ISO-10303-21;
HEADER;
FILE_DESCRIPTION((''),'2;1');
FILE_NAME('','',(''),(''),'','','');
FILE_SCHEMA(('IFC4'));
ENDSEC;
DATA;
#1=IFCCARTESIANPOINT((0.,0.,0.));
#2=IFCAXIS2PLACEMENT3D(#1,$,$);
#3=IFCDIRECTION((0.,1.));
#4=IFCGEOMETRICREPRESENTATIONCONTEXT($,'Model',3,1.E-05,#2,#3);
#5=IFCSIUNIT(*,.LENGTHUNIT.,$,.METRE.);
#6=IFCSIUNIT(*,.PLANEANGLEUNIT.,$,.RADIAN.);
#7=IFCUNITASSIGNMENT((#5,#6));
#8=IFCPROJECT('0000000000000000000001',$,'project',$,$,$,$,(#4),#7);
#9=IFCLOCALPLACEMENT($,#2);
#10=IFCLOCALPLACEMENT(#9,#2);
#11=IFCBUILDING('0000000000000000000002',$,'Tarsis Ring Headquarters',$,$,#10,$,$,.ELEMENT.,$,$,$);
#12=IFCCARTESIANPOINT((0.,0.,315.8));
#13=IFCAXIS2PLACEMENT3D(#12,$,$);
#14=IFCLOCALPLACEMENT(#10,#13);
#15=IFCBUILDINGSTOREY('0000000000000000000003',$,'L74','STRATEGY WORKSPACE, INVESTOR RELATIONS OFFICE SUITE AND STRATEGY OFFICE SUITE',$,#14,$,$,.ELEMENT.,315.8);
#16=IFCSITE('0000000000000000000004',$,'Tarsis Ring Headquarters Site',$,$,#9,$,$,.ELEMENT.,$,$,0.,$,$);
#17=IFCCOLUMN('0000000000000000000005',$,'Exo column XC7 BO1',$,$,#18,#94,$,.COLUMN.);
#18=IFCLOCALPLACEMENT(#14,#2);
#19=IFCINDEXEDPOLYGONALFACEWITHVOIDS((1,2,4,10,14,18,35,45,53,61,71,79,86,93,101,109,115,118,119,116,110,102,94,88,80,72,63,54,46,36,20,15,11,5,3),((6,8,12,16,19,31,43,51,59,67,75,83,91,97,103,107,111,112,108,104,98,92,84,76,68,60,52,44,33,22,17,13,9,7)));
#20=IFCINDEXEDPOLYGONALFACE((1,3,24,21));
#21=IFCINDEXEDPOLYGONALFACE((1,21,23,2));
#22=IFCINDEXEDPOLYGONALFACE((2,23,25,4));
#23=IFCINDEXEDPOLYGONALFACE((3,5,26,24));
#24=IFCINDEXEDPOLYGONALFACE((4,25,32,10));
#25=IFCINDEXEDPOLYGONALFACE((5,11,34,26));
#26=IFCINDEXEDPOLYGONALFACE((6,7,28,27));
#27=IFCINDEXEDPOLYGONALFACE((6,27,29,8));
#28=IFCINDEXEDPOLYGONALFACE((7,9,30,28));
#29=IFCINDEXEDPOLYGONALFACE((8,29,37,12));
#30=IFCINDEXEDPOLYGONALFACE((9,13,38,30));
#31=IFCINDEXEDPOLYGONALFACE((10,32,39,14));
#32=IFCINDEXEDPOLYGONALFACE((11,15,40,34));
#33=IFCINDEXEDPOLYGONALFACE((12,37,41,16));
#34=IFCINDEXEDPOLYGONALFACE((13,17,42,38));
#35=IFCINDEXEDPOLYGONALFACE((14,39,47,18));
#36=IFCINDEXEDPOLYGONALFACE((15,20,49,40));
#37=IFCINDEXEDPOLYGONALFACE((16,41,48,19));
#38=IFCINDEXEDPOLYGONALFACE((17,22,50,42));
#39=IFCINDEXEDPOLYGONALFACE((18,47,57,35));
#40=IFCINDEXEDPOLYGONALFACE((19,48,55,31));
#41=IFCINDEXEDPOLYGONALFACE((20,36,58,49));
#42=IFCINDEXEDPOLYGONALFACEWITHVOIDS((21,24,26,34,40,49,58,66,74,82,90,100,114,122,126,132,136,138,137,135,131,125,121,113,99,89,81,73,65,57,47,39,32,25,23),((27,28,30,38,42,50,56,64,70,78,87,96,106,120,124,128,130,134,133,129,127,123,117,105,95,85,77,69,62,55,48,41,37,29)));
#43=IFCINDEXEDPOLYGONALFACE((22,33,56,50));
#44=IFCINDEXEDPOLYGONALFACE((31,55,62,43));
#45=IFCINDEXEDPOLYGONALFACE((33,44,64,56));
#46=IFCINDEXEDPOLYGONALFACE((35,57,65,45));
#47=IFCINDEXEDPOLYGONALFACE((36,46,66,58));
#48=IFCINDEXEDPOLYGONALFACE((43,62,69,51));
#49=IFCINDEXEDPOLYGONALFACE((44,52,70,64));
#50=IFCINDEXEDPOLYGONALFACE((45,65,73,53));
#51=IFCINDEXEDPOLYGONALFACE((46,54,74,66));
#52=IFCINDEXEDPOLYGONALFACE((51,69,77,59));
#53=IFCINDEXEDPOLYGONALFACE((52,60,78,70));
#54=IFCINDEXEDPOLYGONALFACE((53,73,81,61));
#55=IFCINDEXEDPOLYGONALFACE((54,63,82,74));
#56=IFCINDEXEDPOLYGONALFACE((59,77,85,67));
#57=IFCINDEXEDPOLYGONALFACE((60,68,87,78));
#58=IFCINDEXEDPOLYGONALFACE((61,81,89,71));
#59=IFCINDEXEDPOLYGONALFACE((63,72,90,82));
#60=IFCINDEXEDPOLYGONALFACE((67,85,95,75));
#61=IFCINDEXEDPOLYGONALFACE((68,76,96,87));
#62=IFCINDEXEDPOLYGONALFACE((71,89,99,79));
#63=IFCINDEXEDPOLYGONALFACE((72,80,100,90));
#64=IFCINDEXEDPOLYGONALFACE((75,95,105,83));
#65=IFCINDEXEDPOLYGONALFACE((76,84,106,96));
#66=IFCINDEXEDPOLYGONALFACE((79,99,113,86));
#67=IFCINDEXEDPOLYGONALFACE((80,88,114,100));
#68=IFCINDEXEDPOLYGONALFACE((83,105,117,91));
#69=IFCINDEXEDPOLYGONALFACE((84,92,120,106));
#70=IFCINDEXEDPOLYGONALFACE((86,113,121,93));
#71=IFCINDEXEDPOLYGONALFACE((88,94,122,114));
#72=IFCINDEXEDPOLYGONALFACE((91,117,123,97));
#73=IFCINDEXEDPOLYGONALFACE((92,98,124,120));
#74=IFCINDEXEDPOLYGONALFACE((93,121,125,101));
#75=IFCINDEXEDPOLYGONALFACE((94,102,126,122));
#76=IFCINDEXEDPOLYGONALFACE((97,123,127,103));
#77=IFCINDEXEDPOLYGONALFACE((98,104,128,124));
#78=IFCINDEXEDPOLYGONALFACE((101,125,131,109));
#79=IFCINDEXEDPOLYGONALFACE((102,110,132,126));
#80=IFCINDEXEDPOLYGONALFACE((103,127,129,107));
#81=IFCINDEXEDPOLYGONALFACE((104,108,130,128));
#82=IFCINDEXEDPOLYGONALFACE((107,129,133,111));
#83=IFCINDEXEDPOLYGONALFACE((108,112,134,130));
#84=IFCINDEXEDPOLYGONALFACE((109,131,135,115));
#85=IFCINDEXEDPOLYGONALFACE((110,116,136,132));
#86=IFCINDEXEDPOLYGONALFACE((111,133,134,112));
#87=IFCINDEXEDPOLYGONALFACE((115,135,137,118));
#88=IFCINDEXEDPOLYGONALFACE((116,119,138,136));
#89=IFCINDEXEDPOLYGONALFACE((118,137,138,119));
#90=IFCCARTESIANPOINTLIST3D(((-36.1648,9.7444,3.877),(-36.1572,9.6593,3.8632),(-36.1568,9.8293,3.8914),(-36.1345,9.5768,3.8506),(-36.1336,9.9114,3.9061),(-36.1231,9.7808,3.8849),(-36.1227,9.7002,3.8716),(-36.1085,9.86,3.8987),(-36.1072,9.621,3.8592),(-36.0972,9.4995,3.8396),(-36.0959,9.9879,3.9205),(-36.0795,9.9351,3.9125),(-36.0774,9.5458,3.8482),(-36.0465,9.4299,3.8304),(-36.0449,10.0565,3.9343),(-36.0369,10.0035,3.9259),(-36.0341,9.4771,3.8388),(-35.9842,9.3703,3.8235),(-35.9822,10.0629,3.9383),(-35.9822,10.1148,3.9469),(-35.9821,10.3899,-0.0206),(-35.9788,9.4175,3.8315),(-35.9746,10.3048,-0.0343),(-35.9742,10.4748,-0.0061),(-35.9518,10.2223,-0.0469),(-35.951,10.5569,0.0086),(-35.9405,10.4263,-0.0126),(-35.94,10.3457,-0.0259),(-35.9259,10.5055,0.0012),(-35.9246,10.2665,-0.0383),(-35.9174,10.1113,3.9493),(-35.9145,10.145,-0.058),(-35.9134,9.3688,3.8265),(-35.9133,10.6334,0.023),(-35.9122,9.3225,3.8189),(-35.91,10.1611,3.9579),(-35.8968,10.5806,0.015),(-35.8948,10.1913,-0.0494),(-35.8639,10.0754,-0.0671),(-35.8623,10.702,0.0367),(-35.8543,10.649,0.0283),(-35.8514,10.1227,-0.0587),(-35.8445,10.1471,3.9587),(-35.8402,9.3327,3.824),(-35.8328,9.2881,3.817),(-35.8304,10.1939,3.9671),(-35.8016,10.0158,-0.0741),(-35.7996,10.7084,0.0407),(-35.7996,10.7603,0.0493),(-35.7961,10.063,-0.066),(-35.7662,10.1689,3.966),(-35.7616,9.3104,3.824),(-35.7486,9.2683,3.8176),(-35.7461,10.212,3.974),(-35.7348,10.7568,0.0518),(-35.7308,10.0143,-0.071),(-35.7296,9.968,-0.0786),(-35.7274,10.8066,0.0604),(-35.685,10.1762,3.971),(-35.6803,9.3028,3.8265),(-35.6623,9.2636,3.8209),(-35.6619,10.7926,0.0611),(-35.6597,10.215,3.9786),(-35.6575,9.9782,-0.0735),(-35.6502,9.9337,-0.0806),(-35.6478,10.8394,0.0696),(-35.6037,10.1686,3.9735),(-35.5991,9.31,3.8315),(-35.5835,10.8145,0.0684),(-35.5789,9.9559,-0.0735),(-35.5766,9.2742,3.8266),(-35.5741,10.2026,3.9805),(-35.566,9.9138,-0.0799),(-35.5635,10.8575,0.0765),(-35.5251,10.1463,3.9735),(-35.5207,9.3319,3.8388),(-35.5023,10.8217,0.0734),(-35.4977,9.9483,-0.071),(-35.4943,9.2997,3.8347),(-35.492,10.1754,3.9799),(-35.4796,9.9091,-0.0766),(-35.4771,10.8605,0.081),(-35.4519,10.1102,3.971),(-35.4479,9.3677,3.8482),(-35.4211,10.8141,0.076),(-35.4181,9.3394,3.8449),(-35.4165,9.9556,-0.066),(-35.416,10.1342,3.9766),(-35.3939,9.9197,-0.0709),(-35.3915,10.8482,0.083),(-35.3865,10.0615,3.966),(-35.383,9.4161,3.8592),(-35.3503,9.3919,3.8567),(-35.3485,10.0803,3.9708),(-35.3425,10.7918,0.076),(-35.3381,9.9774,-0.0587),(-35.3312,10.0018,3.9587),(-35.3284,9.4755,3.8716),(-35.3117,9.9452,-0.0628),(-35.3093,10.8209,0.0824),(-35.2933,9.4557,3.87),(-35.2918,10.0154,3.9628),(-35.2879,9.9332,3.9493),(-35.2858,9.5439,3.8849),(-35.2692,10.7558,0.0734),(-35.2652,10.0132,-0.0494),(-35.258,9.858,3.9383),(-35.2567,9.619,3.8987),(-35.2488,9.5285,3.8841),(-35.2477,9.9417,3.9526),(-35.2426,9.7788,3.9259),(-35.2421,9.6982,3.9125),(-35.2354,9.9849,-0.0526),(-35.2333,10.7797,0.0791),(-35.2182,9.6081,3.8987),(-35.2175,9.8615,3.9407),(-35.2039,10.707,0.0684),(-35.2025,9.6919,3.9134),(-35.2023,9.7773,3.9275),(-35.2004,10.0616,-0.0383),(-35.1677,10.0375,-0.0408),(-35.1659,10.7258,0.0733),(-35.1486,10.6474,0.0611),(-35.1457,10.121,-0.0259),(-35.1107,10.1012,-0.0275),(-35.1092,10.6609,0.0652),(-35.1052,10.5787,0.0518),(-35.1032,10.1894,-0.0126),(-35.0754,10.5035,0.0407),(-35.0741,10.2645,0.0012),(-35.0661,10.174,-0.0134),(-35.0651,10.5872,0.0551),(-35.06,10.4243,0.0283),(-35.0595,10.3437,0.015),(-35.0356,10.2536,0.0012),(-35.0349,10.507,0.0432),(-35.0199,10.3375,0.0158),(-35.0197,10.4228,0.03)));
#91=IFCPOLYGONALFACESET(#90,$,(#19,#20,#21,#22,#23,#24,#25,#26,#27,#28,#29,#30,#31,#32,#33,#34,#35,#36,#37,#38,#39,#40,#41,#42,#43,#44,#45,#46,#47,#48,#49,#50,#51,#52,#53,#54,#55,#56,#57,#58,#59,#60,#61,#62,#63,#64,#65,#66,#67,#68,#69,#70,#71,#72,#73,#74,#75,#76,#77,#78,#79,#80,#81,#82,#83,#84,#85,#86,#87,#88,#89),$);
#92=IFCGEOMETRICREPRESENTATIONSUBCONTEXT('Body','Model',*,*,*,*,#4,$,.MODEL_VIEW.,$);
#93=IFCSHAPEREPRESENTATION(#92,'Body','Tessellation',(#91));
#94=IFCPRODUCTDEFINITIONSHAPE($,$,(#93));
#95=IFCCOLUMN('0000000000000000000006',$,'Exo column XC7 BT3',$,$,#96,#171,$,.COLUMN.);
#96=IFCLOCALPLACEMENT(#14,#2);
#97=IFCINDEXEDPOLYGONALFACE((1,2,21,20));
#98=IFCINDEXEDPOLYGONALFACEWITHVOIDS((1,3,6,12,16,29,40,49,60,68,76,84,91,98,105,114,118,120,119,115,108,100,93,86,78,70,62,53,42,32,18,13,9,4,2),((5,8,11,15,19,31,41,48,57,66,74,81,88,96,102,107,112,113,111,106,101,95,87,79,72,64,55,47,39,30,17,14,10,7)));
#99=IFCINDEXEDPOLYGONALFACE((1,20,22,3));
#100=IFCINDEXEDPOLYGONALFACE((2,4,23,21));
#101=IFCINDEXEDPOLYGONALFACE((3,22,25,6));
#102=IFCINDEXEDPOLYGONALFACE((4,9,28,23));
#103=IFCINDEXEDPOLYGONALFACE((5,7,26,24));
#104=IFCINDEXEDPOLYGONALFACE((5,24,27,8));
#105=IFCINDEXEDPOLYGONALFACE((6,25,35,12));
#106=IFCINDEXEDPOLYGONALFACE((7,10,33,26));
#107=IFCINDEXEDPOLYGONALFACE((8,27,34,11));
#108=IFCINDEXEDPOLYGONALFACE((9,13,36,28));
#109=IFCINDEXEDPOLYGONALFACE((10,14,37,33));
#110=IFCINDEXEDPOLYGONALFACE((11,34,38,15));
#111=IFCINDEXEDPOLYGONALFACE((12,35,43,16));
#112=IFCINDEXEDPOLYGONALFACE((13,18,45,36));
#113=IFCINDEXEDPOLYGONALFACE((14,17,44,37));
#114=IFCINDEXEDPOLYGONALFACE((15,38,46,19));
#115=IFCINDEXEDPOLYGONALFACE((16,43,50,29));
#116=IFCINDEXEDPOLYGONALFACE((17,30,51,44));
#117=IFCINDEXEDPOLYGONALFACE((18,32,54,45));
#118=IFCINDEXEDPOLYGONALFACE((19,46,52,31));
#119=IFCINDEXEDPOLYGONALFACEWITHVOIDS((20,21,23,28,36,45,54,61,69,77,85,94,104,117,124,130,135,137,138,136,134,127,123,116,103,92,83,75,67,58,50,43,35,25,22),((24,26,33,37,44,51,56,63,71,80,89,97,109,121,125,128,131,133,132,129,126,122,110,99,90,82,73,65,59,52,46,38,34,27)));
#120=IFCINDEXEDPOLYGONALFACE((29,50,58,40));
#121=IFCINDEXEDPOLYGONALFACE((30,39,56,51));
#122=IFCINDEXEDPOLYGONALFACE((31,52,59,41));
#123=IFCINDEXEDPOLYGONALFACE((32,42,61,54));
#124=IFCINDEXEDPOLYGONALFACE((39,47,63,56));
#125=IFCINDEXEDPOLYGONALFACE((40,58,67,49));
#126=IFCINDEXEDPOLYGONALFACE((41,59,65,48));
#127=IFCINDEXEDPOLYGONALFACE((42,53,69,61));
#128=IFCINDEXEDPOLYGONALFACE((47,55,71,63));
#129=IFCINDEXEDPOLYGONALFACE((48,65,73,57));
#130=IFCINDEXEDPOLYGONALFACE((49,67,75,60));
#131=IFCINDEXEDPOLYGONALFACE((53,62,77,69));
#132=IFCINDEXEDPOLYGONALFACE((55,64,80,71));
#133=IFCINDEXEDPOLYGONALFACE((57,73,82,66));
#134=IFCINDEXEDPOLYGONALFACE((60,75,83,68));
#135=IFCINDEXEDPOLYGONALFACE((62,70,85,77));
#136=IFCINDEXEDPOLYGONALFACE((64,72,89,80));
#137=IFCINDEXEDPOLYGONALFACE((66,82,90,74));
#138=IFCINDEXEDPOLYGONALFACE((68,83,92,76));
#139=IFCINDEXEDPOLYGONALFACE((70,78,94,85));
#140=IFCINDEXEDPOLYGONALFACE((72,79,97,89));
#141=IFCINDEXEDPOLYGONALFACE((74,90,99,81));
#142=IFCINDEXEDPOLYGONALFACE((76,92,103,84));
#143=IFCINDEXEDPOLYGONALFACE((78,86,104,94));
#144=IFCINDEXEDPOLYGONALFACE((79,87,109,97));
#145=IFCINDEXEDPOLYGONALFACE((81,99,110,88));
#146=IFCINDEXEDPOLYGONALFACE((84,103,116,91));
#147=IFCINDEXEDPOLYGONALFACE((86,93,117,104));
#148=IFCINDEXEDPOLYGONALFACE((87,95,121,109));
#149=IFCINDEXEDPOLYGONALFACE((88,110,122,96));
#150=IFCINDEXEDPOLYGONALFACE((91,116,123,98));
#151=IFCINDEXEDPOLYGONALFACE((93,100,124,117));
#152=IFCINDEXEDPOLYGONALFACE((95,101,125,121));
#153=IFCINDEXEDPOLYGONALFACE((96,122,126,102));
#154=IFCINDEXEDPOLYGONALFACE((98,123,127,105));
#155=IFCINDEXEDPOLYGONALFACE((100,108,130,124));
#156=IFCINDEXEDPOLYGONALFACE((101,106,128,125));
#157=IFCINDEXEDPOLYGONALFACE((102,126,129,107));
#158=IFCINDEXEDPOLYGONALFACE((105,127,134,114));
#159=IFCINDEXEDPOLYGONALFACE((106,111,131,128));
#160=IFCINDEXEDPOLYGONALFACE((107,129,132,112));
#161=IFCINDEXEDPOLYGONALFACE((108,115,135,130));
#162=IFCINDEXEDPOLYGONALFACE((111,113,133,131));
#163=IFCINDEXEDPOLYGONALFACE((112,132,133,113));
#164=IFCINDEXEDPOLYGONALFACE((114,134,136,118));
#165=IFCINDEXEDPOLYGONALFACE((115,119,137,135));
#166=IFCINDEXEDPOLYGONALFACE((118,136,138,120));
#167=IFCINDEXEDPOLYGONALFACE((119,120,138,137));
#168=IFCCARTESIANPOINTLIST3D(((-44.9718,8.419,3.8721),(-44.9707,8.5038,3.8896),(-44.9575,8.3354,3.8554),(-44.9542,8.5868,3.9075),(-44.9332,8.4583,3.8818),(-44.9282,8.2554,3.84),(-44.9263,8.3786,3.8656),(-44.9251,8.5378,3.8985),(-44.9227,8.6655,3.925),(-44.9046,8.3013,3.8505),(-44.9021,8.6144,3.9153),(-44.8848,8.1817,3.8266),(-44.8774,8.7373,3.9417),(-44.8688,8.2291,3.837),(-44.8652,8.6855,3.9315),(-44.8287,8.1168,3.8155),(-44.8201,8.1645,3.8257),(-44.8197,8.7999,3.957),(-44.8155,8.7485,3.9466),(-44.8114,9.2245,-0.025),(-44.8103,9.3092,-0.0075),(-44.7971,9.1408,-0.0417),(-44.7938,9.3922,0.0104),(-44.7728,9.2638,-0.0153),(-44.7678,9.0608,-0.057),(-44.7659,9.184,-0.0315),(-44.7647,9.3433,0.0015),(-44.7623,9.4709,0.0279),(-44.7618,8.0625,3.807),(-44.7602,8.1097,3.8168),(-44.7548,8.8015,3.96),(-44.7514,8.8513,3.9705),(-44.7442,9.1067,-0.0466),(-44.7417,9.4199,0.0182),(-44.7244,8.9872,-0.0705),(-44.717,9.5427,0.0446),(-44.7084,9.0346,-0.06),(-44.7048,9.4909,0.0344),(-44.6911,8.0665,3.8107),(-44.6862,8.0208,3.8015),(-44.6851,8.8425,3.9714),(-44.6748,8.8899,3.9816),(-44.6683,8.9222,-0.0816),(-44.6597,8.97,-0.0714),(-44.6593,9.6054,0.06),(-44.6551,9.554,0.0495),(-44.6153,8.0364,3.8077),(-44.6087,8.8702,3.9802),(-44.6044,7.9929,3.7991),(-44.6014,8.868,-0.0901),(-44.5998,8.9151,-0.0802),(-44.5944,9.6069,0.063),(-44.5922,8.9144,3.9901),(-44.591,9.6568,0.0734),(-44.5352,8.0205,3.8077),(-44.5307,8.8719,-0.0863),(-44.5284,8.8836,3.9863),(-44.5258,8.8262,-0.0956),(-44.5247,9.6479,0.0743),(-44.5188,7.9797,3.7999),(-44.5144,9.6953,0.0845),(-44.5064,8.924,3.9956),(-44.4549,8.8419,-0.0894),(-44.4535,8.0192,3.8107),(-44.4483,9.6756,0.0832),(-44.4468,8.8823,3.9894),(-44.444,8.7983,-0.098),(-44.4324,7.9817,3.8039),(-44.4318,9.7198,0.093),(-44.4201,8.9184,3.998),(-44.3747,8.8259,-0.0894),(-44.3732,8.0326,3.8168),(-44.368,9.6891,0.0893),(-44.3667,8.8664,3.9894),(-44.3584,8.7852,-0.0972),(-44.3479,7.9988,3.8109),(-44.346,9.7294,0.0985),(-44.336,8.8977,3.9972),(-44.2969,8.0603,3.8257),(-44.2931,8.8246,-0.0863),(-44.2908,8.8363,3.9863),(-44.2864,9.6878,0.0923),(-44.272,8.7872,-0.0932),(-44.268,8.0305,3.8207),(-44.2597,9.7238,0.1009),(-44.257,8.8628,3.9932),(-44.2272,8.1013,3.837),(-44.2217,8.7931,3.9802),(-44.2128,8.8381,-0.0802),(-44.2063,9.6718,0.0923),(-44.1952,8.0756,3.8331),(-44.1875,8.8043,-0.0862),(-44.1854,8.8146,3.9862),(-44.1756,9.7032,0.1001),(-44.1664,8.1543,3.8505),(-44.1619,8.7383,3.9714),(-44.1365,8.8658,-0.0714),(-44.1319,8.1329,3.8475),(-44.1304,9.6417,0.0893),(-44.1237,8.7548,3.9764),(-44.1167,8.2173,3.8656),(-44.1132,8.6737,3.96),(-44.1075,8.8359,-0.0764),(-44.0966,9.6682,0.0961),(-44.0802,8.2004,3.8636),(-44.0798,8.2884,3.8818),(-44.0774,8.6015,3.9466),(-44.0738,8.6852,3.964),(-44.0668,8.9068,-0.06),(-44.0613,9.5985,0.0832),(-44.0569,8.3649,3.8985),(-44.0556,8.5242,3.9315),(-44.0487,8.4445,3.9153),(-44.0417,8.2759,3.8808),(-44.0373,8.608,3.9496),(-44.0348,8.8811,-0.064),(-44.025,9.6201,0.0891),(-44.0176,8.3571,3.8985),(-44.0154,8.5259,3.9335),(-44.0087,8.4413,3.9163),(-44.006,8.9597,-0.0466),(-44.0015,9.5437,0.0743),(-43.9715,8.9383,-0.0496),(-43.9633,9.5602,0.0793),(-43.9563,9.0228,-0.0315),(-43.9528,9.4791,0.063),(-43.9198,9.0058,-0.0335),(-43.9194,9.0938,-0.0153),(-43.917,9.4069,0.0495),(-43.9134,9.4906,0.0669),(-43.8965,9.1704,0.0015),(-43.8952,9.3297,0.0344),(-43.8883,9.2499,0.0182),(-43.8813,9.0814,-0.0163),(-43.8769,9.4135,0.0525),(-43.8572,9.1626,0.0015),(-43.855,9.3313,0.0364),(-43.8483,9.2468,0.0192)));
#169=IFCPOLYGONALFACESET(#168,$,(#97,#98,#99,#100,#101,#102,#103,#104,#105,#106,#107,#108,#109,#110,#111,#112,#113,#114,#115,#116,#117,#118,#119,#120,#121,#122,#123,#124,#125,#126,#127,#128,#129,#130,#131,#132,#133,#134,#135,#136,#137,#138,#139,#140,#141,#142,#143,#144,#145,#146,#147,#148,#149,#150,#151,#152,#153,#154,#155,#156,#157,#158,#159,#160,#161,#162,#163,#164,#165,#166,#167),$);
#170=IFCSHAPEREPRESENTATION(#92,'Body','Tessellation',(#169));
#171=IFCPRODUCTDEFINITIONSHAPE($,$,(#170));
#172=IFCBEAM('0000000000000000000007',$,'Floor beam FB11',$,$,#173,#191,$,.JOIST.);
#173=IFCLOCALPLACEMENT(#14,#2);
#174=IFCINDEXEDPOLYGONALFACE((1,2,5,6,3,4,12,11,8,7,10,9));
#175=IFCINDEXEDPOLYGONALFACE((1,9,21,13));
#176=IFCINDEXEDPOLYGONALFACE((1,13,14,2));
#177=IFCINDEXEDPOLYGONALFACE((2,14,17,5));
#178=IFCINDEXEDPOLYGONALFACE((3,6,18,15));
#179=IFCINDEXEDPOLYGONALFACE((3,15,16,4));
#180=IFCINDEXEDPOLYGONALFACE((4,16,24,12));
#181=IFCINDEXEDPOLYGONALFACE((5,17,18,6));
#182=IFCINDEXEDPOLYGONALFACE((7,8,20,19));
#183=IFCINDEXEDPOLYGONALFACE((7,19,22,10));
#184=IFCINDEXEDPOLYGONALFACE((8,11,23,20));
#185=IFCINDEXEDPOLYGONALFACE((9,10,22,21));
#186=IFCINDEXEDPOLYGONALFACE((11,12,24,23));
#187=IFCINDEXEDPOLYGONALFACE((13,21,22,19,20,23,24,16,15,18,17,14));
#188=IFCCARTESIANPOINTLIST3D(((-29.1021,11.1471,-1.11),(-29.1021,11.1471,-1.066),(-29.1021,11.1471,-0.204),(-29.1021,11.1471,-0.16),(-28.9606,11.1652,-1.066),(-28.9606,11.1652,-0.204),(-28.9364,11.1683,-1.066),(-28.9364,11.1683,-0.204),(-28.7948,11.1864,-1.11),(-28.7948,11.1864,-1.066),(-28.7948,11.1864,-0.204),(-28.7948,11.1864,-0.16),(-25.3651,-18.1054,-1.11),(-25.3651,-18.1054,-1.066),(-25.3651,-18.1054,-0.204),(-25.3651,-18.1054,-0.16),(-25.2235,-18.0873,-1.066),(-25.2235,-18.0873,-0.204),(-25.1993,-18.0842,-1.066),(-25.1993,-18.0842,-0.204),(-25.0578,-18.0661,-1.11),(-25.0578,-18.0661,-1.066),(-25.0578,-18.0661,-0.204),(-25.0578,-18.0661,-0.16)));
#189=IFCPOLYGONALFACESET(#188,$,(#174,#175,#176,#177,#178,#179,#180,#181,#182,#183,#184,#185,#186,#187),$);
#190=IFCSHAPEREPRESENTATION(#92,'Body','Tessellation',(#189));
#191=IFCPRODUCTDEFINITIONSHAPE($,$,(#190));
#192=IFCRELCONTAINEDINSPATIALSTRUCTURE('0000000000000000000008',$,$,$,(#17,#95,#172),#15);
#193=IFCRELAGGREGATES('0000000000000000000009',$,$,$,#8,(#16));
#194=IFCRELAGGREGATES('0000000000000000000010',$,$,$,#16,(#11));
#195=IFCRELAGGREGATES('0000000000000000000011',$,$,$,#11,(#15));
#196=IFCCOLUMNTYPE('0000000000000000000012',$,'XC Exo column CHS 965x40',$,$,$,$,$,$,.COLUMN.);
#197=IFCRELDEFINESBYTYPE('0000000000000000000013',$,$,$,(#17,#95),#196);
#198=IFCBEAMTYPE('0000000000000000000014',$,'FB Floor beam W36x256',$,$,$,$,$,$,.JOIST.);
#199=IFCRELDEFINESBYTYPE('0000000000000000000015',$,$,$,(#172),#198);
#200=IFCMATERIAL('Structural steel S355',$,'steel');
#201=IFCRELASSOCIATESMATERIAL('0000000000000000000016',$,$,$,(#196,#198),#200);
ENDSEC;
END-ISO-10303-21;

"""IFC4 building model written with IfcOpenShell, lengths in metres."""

from ifc_helpers import new_model, si_unit, direction, frame, origin, origin_2d, place, context, subcontext, project, spatial, hollow_circle, i_section, extrude, material, material_profile, profile_set, type_object, element, save


model = new_model("IFC4")

# Units and contexts
model_context = context("Model", 3, precision=1e-05, world=origin(), true_north=direction((0.0, 1.0)))
body_context = subcontext(model_context, "Body", "Model", "MODEL_VIEW")
ifc_project = project(units=[si_unit("LENGTHUNIT", "METRE"), si_unit("PLANEANGLEUNIT", "RADIAN")], contexts=[model_context])

# Site, building, storey
site_placement = place(None, origin())
site = spatial("IfcSite", under=ifc_project, at=site_placement, Name="Tarsis Ring Headquarters Site", CompositionType="ELEMENT", RefElevation=0.0)
building_placement = place(site_placement, origin())
building = spatial("IfcBuilding", under=site, at=building_placement, Name="Tarsis Ring Headquarters", CompositionType="ELEMENT")
storey_placement = place(building_placement, frame((0.0, 0.0, 315.8)))
storey = spatial("IfcBuildingStorey", under=building, at=storey_placement, Name="L74", Description="STRATEGY WORKSPACE, INVESTOR RELATIONS OFFICE SUITE AND STRATEGY OFFICE SUITE", CompositionType="ELEMENT", Elevation=315.8)

# Columns
ifc_material_1 = material(Name="Structural steel S355", Category="steel")
ifc_material_profile_1 = material_profile(ifc_material_1, hollow_circle(Radius=0.4827, WallThickness=0.04, at=origin_2d()), Name="CHS 965x40")
ifc_profile_set_1 = profile_set([ifc_material_profile_1], Name="Structural steel S355")
column_type = type_object("IfcColumnType", Name="XC Exo column CHS 965x40", PredefinedType="COLUMN", material=ifc_profile_set_1)
column_1_placement = place(storey_placement, frame((-35.5, 10.385, 0.0012), z_axis=(-0.046176, -0.163222, 0.985508), x_axis=(0.962235, -0.272221, 0.0)))
element("IfcColumn", 1, at=column_1_placement, inside=storey, type_object=column_type, Name="Exo column XC7 BO1", PredefinedType="COLUMN", context=body_context, shape_type="SweptSolid", body=[
    extrude(hollow_circle(Radius=0.4827, WallThickness=0.04, at=origin_2d()), origin(), (0.0, 0.0, 1.0), 3.9548),
])
column_2_placement = place(storey_placement, frame((-44.3306, 9.2568, 0.0015), z_axis=(-0.040276, -0.202236, 0.978508), x_axis=(0.98074, -0.195316, 0.0)))
element("IfcColumn", 2, at=column_2_placement, inside=storey, type_object=column_type, Name="Exo column XC7 BT3", PredefinedType="COLUMN", context=body_context, shape_type="SweptSolid", body=[
    extrude(hollow_circle(Radius=0.4827, WallThickness=0.04, at=origin_2d()), origin(), (0.0, 0.0, 1.0), 3.9827),
])

# Beam
ifc_material_profile_2 = material_profile(ifc_material_1, i_section(OverallWidth=0.3098, OverallDepth=0.95, WebThickness=0.0244, FlangeThickness=0.0439, at=origin_2d()), Name="W36x256")
ifc_profile_set_2 = profile_set([ifc_material_profile_2], Name="Structural steel S355")
beam_type_1 = type_object("IfcBeamType", Name="FB Floor beam W36x256", PredefinedType="JOIST", material=ifc_profile_set_2)
for number, where, z_axis, x_axis, name in (
    (3, (-28.9485, 11.1667, -0.635), (0.126722, -0.991938, 0.0), (0.991938, 0.126722, 0.0), "Floor beam FB11"),
):
    element("IfcBeam", number, at=place(storey_placement, frame(where, z_axis=z_axis, x_axis=x_axis)), inside=storey, type_object=beam_type_1, Name=name, PredefinedType="JOIST", context=body_context, shape_type="SweptSolid", body=[
        extrude(i_section(OverallWidth=0.3098, OverallDepth=0.95, WebThickness=0.0244, FlangeThickness=0.0439, at=origin_2d()), origin(), (0.0, 0.0, 1.0), 29.4902),
    ])

save(model, "model.ifc")
